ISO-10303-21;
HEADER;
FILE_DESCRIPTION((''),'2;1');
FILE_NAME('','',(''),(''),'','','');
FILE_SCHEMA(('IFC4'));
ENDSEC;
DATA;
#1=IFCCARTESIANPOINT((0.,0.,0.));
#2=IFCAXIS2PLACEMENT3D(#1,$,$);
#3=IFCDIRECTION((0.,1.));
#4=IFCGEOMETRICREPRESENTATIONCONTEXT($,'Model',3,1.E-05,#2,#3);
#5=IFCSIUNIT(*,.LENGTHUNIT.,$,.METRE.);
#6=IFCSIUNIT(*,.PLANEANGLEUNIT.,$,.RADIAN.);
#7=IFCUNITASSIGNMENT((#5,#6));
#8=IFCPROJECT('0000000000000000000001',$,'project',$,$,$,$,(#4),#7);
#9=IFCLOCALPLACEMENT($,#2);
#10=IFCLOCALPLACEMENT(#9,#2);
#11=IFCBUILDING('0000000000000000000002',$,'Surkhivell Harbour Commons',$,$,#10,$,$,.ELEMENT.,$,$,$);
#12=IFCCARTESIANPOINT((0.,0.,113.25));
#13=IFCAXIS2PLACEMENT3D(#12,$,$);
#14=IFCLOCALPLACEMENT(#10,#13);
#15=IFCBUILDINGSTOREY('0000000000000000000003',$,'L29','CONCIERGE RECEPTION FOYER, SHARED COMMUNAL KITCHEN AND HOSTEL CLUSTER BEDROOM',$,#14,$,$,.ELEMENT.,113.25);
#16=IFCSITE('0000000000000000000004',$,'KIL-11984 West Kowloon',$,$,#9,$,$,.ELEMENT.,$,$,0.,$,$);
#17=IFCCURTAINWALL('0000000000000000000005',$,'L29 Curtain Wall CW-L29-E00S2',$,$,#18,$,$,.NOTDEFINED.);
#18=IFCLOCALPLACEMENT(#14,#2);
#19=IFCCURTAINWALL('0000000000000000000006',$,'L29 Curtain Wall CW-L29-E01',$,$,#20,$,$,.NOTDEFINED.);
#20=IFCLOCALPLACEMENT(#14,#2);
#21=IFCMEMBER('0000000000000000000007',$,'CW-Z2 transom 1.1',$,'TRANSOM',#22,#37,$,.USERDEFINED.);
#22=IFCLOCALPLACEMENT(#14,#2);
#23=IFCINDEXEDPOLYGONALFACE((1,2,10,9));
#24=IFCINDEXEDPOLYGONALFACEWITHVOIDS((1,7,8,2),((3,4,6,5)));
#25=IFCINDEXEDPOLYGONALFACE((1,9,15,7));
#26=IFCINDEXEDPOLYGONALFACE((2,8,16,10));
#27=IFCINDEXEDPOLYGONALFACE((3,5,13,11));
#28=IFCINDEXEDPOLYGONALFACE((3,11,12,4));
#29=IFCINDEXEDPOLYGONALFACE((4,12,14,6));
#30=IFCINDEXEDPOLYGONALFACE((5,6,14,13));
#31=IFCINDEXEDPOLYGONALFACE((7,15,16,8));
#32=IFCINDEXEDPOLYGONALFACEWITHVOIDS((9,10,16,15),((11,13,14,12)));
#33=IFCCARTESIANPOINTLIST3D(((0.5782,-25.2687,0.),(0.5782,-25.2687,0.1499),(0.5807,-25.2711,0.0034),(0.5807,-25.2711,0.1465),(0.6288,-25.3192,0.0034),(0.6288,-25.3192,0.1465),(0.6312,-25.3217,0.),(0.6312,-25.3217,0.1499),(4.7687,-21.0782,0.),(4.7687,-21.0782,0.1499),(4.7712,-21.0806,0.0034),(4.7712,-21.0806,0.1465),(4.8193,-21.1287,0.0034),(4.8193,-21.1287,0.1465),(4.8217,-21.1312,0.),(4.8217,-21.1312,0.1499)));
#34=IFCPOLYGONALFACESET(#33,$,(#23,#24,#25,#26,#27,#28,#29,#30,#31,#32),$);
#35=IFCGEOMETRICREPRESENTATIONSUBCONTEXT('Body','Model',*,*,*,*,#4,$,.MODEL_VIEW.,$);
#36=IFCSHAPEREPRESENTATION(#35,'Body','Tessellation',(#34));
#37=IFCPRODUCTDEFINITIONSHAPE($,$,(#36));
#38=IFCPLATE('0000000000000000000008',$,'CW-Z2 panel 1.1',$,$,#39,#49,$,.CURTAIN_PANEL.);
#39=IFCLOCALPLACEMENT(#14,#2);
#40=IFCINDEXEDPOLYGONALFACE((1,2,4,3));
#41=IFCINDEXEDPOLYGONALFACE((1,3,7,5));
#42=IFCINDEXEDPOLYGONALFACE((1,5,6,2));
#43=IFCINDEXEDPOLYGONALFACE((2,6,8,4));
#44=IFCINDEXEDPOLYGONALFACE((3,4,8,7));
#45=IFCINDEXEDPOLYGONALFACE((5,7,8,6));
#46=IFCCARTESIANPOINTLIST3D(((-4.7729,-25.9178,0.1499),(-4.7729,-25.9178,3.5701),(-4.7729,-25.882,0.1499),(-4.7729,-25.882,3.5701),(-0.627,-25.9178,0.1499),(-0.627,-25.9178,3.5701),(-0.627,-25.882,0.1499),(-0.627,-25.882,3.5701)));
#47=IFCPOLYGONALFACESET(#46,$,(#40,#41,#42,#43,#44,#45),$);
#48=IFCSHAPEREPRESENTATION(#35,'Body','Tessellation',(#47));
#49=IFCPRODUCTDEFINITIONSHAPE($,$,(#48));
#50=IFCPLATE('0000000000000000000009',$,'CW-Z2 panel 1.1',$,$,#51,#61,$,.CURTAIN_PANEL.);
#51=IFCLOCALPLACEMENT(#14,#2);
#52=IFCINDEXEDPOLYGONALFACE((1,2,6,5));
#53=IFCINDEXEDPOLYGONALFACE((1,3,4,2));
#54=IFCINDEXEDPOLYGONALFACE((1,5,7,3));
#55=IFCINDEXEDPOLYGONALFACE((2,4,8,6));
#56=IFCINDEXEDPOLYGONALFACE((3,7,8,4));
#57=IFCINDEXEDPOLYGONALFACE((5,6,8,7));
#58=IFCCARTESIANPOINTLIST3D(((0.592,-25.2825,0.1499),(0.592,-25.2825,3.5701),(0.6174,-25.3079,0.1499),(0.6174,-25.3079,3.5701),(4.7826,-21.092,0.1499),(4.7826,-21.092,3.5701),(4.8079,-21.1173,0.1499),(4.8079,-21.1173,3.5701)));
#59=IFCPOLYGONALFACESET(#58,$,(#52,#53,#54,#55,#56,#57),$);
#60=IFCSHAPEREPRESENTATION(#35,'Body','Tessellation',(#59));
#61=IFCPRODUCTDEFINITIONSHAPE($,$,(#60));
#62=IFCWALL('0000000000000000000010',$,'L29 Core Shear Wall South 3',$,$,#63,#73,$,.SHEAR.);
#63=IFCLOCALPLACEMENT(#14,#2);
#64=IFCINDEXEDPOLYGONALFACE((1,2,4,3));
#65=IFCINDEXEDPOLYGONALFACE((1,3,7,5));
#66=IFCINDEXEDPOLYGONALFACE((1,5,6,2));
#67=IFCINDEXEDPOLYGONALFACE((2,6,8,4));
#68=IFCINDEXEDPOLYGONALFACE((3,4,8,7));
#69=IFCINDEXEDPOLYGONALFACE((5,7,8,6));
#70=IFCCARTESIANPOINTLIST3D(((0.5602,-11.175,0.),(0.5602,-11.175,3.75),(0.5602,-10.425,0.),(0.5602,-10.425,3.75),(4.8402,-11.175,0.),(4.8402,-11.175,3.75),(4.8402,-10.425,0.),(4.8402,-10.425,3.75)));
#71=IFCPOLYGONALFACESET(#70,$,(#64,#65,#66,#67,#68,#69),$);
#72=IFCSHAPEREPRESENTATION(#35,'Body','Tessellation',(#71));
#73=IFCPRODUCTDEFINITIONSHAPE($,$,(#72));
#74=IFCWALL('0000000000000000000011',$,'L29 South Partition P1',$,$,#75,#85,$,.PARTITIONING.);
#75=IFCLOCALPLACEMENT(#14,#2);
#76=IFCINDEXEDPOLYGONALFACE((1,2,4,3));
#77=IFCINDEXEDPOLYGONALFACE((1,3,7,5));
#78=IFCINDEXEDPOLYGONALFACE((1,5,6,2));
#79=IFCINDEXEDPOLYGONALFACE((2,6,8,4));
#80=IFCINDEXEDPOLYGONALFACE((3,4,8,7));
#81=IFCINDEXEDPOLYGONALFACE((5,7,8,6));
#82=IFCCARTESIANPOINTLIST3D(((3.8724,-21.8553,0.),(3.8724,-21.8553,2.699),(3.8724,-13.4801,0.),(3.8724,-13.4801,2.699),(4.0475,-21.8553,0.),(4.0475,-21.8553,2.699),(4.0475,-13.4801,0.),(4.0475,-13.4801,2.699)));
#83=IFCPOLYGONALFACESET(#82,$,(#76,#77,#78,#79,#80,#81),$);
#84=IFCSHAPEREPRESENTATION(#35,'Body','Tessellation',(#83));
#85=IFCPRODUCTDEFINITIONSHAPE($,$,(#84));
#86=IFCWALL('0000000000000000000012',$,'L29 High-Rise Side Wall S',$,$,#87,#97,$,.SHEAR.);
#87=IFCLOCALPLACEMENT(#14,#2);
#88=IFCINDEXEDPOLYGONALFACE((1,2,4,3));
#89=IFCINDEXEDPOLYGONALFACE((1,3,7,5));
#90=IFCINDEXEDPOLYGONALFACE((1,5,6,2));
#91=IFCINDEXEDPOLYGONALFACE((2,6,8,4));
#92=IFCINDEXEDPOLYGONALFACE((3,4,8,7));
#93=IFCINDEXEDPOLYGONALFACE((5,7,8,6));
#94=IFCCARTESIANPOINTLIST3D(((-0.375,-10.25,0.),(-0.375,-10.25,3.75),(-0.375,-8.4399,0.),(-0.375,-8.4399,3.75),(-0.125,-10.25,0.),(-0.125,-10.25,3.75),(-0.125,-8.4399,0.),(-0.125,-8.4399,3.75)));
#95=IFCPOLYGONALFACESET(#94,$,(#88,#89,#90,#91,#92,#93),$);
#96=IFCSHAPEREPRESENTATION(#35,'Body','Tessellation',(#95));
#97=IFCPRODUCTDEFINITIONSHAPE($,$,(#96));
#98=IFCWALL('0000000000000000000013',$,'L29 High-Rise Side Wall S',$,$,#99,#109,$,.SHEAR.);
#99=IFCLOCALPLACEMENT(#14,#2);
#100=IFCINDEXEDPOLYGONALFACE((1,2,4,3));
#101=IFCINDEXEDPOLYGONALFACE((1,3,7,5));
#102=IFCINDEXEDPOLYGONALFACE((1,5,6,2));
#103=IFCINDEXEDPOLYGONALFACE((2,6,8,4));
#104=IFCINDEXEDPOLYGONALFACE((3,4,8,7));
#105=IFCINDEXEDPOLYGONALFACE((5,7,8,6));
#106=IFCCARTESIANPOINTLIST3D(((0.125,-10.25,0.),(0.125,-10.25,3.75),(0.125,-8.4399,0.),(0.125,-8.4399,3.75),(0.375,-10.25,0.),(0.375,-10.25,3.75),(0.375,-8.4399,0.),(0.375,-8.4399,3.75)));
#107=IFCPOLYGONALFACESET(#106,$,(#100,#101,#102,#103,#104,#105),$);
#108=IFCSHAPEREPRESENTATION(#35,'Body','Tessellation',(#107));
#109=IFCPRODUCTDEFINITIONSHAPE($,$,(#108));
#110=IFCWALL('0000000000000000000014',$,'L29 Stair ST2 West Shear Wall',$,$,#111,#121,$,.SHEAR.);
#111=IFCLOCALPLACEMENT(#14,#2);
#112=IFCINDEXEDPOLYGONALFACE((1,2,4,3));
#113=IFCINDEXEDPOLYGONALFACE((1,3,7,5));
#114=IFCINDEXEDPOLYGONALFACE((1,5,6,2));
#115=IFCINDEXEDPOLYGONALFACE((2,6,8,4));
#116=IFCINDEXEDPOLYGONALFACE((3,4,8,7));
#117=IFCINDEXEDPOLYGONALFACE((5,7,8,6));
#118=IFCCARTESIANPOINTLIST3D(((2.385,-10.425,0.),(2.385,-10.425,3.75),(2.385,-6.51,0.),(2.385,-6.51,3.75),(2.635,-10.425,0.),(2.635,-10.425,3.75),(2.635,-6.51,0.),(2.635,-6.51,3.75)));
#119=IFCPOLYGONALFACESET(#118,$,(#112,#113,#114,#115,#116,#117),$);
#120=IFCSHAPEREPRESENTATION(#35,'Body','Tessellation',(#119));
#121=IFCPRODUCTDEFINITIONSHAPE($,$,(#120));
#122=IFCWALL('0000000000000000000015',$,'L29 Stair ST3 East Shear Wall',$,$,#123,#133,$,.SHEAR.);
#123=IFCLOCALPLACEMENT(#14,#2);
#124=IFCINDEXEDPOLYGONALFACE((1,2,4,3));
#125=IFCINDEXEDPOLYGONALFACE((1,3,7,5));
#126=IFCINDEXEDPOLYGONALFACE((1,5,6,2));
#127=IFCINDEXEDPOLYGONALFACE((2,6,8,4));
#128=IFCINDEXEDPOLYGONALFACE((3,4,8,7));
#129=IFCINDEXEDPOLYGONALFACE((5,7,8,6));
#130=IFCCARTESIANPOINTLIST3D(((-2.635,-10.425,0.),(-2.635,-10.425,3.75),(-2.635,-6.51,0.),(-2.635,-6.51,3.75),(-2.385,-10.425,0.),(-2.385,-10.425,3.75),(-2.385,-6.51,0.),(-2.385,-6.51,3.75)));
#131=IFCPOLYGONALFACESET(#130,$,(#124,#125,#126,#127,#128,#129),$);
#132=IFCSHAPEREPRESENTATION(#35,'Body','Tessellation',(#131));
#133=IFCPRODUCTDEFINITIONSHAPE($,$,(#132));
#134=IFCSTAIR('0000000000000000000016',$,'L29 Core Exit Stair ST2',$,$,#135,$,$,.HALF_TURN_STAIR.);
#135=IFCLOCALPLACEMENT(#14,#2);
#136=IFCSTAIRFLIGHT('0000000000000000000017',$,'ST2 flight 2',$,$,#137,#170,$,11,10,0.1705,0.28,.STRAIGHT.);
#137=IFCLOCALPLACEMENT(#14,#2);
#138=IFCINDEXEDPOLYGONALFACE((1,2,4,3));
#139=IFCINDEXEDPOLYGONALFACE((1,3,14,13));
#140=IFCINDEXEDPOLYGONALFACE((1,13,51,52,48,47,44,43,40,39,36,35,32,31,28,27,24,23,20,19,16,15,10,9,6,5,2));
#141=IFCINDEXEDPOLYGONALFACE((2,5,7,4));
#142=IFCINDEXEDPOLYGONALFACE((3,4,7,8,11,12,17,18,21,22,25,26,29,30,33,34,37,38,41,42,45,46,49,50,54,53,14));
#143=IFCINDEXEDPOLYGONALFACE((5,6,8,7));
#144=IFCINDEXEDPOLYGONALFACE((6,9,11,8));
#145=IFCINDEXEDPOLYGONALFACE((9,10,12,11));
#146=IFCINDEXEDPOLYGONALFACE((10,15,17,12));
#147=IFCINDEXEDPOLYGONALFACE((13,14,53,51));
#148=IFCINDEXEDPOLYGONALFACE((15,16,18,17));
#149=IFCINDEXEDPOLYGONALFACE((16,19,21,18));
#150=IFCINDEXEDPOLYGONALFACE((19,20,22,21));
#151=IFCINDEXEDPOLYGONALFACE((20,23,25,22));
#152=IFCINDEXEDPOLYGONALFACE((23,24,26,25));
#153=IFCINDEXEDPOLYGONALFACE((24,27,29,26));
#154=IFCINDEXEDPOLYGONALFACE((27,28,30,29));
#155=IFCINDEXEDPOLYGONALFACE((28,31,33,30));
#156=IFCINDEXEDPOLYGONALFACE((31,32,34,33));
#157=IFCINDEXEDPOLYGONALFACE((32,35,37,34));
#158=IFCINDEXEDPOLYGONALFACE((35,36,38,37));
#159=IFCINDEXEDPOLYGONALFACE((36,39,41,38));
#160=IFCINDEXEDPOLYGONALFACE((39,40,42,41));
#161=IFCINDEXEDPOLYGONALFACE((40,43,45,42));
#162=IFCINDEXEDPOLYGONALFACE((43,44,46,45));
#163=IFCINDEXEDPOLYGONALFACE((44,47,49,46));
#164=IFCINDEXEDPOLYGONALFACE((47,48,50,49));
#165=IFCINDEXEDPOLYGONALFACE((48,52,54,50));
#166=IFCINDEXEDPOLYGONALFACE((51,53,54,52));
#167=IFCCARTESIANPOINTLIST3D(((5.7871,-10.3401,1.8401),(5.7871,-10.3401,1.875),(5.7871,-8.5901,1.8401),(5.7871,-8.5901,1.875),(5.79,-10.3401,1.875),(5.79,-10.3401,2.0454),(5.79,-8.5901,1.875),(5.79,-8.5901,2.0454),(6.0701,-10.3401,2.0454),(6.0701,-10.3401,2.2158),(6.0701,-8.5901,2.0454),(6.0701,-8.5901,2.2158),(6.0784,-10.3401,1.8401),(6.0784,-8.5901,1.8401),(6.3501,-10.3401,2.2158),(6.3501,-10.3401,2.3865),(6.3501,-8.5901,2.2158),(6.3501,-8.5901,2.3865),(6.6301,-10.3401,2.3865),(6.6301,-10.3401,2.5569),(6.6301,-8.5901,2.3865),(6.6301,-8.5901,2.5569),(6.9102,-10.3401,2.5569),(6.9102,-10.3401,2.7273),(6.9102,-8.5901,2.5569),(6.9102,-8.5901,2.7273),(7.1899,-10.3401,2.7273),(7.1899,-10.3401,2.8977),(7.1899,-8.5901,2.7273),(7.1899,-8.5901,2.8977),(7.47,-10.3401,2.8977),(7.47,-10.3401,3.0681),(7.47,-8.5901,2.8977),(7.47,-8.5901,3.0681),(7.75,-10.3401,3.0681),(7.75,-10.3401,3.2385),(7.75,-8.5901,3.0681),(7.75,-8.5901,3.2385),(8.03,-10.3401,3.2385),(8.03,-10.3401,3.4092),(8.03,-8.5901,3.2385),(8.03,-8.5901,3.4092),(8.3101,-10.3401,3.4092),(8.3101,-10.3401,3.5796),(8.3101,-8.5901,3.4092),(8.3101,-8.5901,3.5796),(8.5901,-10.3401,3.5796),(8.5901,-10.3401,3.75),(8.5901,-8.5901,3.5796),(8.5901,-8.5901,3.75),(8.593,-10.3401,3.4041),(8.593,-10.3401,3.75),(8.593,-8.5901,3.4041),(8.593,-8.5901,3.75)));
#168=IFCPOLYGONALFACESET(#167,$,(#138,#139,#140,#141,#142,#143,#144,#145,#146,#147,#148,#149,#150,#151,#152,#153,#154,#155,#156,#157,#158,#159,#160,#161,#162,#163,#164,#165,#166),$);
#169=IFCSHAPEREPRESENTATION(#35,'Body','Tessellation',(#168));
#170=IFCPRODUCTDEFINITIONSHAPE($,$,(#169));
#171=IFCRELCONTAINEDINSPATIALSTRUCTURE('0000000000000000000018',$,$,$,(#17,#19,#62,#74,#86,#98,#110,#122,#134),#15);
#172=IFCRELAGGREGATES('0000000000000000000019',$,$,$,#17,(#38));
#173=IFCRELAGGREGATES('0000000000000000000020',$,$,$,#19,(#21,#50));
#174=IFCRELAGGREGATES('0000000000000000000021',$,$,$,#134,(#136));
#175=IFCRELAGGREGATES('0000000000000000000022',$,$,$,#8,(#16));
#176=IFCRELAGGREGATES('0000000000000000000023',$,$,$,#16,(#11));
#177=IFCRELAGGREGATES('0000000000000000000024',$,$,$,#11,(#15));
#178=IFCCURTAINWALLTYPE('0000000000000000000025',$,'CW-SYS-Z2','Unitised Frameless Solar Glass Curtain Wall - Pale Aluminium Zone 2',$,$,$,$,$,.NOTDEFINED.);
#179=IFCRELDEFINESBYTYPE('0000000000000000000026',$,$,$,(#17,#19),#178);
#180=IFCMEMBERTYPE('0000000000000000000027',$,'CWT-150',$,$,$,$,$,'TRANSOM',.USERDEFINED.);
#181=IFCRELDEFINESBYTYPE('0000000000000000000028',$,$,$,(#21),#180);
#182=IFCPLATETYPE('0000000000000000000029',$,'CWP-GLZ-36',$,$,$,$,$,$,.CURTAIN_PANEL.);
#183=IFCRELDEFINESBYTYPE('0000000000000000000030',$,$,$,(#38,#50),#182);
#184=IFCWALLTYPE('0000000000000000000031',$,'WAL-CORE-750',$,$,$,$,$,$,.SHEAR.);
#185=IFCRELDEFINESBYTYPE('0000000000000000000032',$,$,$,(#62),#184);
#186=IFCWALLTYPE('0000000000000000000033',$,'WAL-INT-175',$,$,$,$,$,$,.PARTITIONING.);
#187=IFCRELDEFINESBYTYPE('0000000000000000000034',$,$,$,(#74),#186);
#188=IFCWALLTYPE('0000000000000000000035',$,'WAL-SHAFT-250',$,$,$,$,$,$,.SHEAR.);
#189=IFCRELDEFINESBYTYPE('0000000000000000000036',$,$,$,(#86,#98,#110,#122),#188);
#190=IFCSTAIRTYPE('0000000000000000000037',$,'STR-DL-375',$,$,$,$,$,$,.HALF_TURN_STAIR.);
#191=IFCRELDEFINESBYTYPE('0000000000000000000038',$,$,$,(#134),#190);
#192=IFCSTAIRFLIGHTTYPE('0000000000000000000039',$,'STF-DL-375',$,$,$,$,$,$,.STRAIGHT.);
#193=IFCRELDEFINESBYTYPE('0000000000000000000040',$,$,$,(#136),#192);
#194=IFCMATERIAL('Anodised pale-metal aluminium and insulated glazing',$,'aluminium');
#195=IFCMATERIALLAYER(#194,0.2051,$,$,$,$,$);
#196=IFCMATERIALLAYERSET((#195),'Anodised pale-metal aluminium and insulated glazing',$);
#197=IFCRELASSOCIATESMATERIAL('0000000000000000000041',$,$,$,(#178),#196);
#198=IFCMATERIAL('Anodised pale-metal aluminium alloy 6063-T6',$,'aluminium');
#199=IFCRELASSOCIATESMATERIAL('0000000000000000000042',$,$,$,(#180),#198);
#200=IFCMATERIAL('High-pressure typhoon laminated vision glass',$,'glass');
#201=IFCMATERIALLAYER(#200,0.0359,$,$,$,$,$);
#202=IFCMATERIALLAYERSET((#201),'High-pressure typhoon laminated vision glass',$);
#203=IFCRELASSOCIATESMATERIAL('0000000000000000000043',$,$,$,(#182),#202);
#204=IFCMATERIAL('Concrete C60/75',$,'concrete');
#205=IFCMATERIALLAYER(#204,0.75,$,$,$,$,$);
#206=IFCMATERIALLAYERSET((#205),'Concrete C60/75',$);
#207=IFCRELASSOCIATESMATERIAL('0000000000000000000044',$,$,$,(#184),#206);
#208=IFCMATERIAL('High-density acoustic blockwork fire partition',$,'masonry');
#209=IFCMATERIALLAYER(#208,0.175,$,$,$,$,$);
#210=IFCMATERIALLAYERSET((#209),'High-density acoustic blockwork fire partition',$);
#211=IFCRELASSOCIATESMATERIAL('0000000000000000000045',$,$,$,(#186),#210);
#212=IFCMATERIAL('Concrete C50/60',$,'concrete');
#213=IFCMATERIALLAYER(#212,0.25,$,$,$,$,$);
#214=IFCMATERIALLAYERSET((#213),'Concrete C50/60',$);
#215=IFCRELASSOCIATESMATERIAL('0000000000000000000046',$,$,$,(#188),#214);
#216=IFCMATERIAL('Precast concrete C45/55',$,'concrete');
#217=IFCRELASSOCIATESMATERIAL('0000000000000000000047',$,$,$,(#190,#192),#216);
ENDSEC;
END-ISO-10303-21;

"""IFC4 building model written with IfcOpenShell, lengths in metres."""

from ifc_helpers import new_model, si_unit, direction, frame, frame_2d, origin, origin_2d, place, context, subcontext, project, spatial, polyline, rectangle, hollow_rectangle, outline, extrude, material, layer, layer_set, material_profile, profile_set, type_object, element, aggregate, save


model = new_model("IFC4")

# Units and contexts
model_context = context("Model", 3, precision=1e-05, world=origin(), true_north=direction((0.0, 1.0)))
body_context = subcontext(model_context, "Body", "Model", "MODEL_VIEW")
ifc_project = project(units=[si_unit("LENGTHUNIT", "METRE"), si_unit("PLANEANGLEUNIT", "RADIAN")], contexts=[model_context])

# Site, building, storey
site_placement = place(None, origin())
site = spatial("IfcSite", under=ifc_project, at=site_placement, Name="KIL-11984 West Kowloon", CompositionType="ELEMENT", RefElevation=0.0)
building_placement = place(site_placement, origin())
building = spatial("IfcBuilding", under=site, at=building_placement, Name="Surkhivell Harbour Commons", CompositionType="ELEMENT")
storey_placement = place(building_placement, frame((0.0, 0.0, 113.25)))
storey = spatial("IfcBuildingStorey", under=building, at=storey_placement, Name="L29", Description="CONCIERGE RECEPTION FOYER, SHARED COMMUNAL KITCHEN AND HOSTEL CLUSTER BEDROOM", CompositionType="ELEMENT", Elevation=113.25)

# Shared definitions
ifc_material_1 = material(Name="Concrete C60/75", Category="concrete")

# Curtain wall
ifc_material_2 = material(Name="Anodised pale-metal aluminium and insulated glazing", Category="aluminium")
ifc_layer_1 = layer(ifc_material_2, 0.2051)
ifc_layer_set_1 = layer_set([ifc_layer_1], Name="Anodised pale-metal aluminium and insulated glazing")
curtain_wall_type = type_object("IfcCurtainWallType", Name="CW-SYS-Z2", Description="Unitised Frameless Solar Glass Curtain Wall - Pale Aluminium Zone 2", PredefinedType="NOTDEFINED", material=ifc_layer_set_1)
curtain_wall_1_placement = place(storey_placement, origin())
curtain_wall_1 = element("IfcCurtainWall", 1, at=curtain_wall_1_placement, inside=storey, type_object=curtain_wall_type, Name="L29 Curtain Wall CW-L29-E00S2", PredefinedType="NOTDEFINED")
ifc_material_3 = material(Name="Anodised pale-metal aluminium alloy 6063-T6", Category="aluminium")

# Curtain wall
curtain_wall_2_placement = place(storey_placement, origin())
curtain_wall_2 = element("IfcCurtainWall", 2, at=curtain_wall_2_placement, inside=storey, type_object=curtain_wall_type, Name="L29 Curtain Wall CW-L29-E01", PredefinedType="NOTDEFINED")

# Member
ifc_material_profile_1 = material_profile(ifc_material_3, hollow_rectangle(XDim=0.075, YDim=0.1499, WallThickness=0.0034, at=origin_2d()), Name="ALU-TRAN-75x150")
ifc_profile_set_1 = profile_set([ifc_material_profile_1], Name="Anodised pale-metal aluminium alloy 6063-T6")
member_type_1 = type_object("IfcMemberType", Name="CWT-150", ElementType="TRANSOM", PredefinedType="USERDEFINED", material=ifc_profile_set_1)
member_1_placement = place(storey_placement, frame((0.6047, -25.2952, 0.075), z_axis=(0.707107, 0.707107, 0.0), x_axis=(-0.707107, 0.707107, 0.0)))
member_1 = element("IfcMember", 3, at=member_1_placement, type_object=member_type_1, Name="CW-Z2 transom 1.1", ObjectType="TRANSOM", PredefinedType="USERDEFINED", context=body_context, shape_type="SweptSolid", body=[
    extrude(hollow_rectangle(XDim=0.075, YDim=0.1499, WallThickness=0.0034, at=origin_2d()), origin(), (0.0, 0.0, 1.0), 5.9263),
])

# Plates
ifc_material_4 = material(Name="High-pressure typhoon laminated vision glass", Category="glass")
ifc_layer_2 = layer(ifc_material_4, 0.0359)
ifc_layer_set_2 = layer_set([ifc_layer_2], Name="High-pressure typhoon laminated vision glass")
plate_type = type_object("IfcPlateType", Name="CWP-GLZ-36", PredefinedType="CURTAIN_PANEL", material=ifc_layer_set_2)
plate_1_placement = place(storey_placement, frame((-4.7729, -25.8999, 0.1499), z_axis=(0.0, 0.0, 1.0), x_axis=(1.0, 0.0, 0.0)))
plate_1 = element("IfcPlate", 4, at=plate_1_placement, type_object=plate_type, Name="CW-Z2 panel 1.1", PredefinedType="CURTAIN_PANEL", context=body_context, shape_type="SweptSolid", body=[
    extrude(rectangle(XDim=4.146, YDim=0.0359, at=frame_2d((2.073, 0.0))), origin(), (0.0, 0.0, 1.0), 3.4202),
])
aggregate(curtain_wall_1, [plate_1])
plate_2_placement = place(storey_placement, frame((0.6047, -25.2952, 0.1499), z_axis=(0.0, 0.0, 1.0), x_axis=(0.707107, 0.707107, 0.0)))
plate_2 = element("IfcPlate", 5, at=plate_2_placement, type_object=plate_type, Name="CW-Z2 panel 1.1", PredefinedType="CURTAIN_PANEL", context=body_context, shape_type="SweptSolid", body=[
    extrude(rectangle(XDim=5.9263, YDim=0.0359, at=frame_2d((2.9631, 0.0))), origin(), (0.0, 0.0, 1.0), 3.4202),
])
aggregate(curtain_wall_2, [member_1, plate_2])

# Walls
ifc_layer_3 = layer(ifc_material_1, 0.75)
ifc_layer_set_3 = layer_set([ifc_layer_3], Name="Concrete C60/75")
wall_type_1 = type_object("IfcWallType", Name="WAL-CORE-750", PredefinedType="SHEAR", material=ifc_layer_set_3)
wall_1_placement = place(storey_placement, frame((0.5601, -10.8, 0.0), z_axis=(0.0, 0.0, 1.0), x_axis=(1.0, 0.0, 0.0)))
element("IfcWall", 6, at=wall_1_placement, inside=storey, type_object=wall_type_1, Name="L29 Core Shear Wall South 3", PredefinedType="SHEAR", context=body_context, shape_type="SweptSolid", body=[
    extrude(rectangle(XDim=4.28, YDim=0.75, at=frame_2d((2.1401, 0.0))), origin(), (0.0, 0.0, 1.0), 3.75),
])
ifc_material_5 = material(Name="High-density acoustic blockwork fire partition", Category="masonry")
ifc_layer_4 = layer(ifc_material_5, 0.175)
ifc_layer_set_4 = layer_set([ifc_layer_4], Name="High-density acoustic blockwork fire partition")
wall_type_2 = type_object("IfcWallType", Name="WAL-INT-175", PredefinedType="PARTITIONING", material=ifc_layer_set_4)
wall_2_placement = place(storey_placement, frame((3.96, -21.8552, 0.0), z_axis=(0.0, 0.0, 1.0), x_axis=(0.0, 1.0, 0.0)))
element("IfcWall", 7, at=wall_2_placement, inside=storey, type_object=wall_type_2, Name="L29 South Partition P1", PredefinedType="PARTITIONING", context=body_context, shape_type="SweptSolid", body=[
    extrude(rectangle(XDim=8.3752, YDim=0.175, at=frame_2d((4.1875, 0.0))), origin(), (0.0, 0.0, 1.0), 2.699),
])
ifc_material_6 = material(Name="Concrete C50/60", Category="concrete")
ifc_layer_5 = layer(ifc_material_6, 0.25)
ifc_layer_set_5 = layer_set([ifc_layer_5], Name="Concrete C50/60")
wall_type_3 = type_object("IfcWallType", Name="WAL-SHAFT-250", PredefinedType="SHEAR", material=ifc_layer_set_5)
for number, where, z_axis, x_axis, name in (
    (8, (-0.25, -10.25, 0.0), (0.0, 0.0, 1.0), (0.0, 1.0, 0.0), "L29 High-Rise Side Wall S"),
    (9, (0.25, -10.25, 0.0), (0.0, 0.0, 1.0), (0.0, 1.0, 0.0), "L29 High-Rise Side Wall S"),
):
    element("IfcWall", number, at=place(storey_placement, frame(where, z_axis=z_axis, x_axis=x_axis)), inside=storey, type_object=wall_type_3, Name=name, PredefinedType="SHEAR", context=body_context, shape_type="SweptSolid", body=[
        extrude(rectangle(XDim=1.8101, YDim=0.25, at=frame_2d((0.905, 0.0))), origin(), (0.0, 0.0, 1.0), 3.75),
    ])
for number, where, z_axis, x_axis, name in (
    (10, (2.51, -10.425, 0.0), (0.0, 0.0, 1.0), (0.0, 1.0, 0.0), "L29 Stair ST2 West Shear Wall"),
    (11, (-2.51, -10.425, 0.0), (0.0, 0.0, 1.0), (0.0, 1.0, 0.0), "L29 Stair ST3 East Shear Wall"),
):
    element("IfcWall", number, at=place(storey_placement, frame(where, z_axis=z_axis, x_axis=x_axis)), inside=storey, type_object=wall_type_3, Name=name, PredefinedType="SHEAR", context=body_context, shape_type="SweptSolid", body=[
        extrude(rectangle(XDim=3.915, YDim=0.25, at=frame_2d((1.9575, 0.0))), origin(), (0.0, 0.0, 1.0), 3.75),
    ])

# Stair, stair flight
ifc_material_7 = material(Name="Precast concrete C45/55", Category="concrete")
stair_type = type_object("IfcStairType", Name="STR-DL-375", PredefinedType="HALF_TURN_STAIR", material=ifc_material_7)
stair_placement = place(storey_placement, origin())
stair = element("IfcStair", 12, at=stair_placement, inside=storey, type_object=stair_type, Name="L29 Core Exit Stair ST2", PredefinedType="HALF_TURN_STAIR")
stair_flight_type = type_object("IfcStairFlightType", Name="STF-DL-375", PredefinedType="STRAIGHT", material=ifc_material_7)
stair_flight_placement = place(storey_placement, frame((5.79, -9.4651, 1.875), z_axis=(0.0, 0.0, 1.0), x_axis=(1.0, 0.0, 0.0)))
stair_flight = element("IfcStairFlight", 13, at=stair_flight_placement, type_object=stair_flight_type, Name="ST2 flight 2", NumberOfRisers=11, NumberOfTreads=10, PredefinedType="STRAIGHT", RiserHeight=0.1705, TreadLength=0.28, context=body_context, shape_type="SweptSolid", body=[
    extrude(outline(polyline([(-0.0029, -0.0349), (-0.0029, 0.0), (0.0, 0.0), (0.0, 0.1704), (0.28, 0.1704), (0.28, 0.3408), (0.5601, 0.3408), (0.5601, 0.5115), (0.8401, 0.5115), (0.8401, 0.6819), (1.1201, 0.6819), (1.1201, 0.8523), (1.3999, 0.8523), (1.3999, 1.0227), (1.6799, 1.0227), (1.6799, 1.1931), (1.96, 1.1931), (1.96, 1.3635), (2.24, 1.3635), (2.24, 1.5342), (2.52, 1.5342), (2.52, 1.7046), (2.8, 1.7046), (2.8, 1.875), (2.803, 1.875), (2.803, 1.5291), (0.2883, -0.0349), (-0.0029, -0.0349)])), frame((0.0, 0.875, 0.0), z_axis=(0.0, -1.0, 0.0), x_axis=(1.0, 0.0, 0.0)), (0.0, 0.0, 1.0), 1.75),
])
aggregate(stair, [stair_flight])

save(model, "model.ifc")
